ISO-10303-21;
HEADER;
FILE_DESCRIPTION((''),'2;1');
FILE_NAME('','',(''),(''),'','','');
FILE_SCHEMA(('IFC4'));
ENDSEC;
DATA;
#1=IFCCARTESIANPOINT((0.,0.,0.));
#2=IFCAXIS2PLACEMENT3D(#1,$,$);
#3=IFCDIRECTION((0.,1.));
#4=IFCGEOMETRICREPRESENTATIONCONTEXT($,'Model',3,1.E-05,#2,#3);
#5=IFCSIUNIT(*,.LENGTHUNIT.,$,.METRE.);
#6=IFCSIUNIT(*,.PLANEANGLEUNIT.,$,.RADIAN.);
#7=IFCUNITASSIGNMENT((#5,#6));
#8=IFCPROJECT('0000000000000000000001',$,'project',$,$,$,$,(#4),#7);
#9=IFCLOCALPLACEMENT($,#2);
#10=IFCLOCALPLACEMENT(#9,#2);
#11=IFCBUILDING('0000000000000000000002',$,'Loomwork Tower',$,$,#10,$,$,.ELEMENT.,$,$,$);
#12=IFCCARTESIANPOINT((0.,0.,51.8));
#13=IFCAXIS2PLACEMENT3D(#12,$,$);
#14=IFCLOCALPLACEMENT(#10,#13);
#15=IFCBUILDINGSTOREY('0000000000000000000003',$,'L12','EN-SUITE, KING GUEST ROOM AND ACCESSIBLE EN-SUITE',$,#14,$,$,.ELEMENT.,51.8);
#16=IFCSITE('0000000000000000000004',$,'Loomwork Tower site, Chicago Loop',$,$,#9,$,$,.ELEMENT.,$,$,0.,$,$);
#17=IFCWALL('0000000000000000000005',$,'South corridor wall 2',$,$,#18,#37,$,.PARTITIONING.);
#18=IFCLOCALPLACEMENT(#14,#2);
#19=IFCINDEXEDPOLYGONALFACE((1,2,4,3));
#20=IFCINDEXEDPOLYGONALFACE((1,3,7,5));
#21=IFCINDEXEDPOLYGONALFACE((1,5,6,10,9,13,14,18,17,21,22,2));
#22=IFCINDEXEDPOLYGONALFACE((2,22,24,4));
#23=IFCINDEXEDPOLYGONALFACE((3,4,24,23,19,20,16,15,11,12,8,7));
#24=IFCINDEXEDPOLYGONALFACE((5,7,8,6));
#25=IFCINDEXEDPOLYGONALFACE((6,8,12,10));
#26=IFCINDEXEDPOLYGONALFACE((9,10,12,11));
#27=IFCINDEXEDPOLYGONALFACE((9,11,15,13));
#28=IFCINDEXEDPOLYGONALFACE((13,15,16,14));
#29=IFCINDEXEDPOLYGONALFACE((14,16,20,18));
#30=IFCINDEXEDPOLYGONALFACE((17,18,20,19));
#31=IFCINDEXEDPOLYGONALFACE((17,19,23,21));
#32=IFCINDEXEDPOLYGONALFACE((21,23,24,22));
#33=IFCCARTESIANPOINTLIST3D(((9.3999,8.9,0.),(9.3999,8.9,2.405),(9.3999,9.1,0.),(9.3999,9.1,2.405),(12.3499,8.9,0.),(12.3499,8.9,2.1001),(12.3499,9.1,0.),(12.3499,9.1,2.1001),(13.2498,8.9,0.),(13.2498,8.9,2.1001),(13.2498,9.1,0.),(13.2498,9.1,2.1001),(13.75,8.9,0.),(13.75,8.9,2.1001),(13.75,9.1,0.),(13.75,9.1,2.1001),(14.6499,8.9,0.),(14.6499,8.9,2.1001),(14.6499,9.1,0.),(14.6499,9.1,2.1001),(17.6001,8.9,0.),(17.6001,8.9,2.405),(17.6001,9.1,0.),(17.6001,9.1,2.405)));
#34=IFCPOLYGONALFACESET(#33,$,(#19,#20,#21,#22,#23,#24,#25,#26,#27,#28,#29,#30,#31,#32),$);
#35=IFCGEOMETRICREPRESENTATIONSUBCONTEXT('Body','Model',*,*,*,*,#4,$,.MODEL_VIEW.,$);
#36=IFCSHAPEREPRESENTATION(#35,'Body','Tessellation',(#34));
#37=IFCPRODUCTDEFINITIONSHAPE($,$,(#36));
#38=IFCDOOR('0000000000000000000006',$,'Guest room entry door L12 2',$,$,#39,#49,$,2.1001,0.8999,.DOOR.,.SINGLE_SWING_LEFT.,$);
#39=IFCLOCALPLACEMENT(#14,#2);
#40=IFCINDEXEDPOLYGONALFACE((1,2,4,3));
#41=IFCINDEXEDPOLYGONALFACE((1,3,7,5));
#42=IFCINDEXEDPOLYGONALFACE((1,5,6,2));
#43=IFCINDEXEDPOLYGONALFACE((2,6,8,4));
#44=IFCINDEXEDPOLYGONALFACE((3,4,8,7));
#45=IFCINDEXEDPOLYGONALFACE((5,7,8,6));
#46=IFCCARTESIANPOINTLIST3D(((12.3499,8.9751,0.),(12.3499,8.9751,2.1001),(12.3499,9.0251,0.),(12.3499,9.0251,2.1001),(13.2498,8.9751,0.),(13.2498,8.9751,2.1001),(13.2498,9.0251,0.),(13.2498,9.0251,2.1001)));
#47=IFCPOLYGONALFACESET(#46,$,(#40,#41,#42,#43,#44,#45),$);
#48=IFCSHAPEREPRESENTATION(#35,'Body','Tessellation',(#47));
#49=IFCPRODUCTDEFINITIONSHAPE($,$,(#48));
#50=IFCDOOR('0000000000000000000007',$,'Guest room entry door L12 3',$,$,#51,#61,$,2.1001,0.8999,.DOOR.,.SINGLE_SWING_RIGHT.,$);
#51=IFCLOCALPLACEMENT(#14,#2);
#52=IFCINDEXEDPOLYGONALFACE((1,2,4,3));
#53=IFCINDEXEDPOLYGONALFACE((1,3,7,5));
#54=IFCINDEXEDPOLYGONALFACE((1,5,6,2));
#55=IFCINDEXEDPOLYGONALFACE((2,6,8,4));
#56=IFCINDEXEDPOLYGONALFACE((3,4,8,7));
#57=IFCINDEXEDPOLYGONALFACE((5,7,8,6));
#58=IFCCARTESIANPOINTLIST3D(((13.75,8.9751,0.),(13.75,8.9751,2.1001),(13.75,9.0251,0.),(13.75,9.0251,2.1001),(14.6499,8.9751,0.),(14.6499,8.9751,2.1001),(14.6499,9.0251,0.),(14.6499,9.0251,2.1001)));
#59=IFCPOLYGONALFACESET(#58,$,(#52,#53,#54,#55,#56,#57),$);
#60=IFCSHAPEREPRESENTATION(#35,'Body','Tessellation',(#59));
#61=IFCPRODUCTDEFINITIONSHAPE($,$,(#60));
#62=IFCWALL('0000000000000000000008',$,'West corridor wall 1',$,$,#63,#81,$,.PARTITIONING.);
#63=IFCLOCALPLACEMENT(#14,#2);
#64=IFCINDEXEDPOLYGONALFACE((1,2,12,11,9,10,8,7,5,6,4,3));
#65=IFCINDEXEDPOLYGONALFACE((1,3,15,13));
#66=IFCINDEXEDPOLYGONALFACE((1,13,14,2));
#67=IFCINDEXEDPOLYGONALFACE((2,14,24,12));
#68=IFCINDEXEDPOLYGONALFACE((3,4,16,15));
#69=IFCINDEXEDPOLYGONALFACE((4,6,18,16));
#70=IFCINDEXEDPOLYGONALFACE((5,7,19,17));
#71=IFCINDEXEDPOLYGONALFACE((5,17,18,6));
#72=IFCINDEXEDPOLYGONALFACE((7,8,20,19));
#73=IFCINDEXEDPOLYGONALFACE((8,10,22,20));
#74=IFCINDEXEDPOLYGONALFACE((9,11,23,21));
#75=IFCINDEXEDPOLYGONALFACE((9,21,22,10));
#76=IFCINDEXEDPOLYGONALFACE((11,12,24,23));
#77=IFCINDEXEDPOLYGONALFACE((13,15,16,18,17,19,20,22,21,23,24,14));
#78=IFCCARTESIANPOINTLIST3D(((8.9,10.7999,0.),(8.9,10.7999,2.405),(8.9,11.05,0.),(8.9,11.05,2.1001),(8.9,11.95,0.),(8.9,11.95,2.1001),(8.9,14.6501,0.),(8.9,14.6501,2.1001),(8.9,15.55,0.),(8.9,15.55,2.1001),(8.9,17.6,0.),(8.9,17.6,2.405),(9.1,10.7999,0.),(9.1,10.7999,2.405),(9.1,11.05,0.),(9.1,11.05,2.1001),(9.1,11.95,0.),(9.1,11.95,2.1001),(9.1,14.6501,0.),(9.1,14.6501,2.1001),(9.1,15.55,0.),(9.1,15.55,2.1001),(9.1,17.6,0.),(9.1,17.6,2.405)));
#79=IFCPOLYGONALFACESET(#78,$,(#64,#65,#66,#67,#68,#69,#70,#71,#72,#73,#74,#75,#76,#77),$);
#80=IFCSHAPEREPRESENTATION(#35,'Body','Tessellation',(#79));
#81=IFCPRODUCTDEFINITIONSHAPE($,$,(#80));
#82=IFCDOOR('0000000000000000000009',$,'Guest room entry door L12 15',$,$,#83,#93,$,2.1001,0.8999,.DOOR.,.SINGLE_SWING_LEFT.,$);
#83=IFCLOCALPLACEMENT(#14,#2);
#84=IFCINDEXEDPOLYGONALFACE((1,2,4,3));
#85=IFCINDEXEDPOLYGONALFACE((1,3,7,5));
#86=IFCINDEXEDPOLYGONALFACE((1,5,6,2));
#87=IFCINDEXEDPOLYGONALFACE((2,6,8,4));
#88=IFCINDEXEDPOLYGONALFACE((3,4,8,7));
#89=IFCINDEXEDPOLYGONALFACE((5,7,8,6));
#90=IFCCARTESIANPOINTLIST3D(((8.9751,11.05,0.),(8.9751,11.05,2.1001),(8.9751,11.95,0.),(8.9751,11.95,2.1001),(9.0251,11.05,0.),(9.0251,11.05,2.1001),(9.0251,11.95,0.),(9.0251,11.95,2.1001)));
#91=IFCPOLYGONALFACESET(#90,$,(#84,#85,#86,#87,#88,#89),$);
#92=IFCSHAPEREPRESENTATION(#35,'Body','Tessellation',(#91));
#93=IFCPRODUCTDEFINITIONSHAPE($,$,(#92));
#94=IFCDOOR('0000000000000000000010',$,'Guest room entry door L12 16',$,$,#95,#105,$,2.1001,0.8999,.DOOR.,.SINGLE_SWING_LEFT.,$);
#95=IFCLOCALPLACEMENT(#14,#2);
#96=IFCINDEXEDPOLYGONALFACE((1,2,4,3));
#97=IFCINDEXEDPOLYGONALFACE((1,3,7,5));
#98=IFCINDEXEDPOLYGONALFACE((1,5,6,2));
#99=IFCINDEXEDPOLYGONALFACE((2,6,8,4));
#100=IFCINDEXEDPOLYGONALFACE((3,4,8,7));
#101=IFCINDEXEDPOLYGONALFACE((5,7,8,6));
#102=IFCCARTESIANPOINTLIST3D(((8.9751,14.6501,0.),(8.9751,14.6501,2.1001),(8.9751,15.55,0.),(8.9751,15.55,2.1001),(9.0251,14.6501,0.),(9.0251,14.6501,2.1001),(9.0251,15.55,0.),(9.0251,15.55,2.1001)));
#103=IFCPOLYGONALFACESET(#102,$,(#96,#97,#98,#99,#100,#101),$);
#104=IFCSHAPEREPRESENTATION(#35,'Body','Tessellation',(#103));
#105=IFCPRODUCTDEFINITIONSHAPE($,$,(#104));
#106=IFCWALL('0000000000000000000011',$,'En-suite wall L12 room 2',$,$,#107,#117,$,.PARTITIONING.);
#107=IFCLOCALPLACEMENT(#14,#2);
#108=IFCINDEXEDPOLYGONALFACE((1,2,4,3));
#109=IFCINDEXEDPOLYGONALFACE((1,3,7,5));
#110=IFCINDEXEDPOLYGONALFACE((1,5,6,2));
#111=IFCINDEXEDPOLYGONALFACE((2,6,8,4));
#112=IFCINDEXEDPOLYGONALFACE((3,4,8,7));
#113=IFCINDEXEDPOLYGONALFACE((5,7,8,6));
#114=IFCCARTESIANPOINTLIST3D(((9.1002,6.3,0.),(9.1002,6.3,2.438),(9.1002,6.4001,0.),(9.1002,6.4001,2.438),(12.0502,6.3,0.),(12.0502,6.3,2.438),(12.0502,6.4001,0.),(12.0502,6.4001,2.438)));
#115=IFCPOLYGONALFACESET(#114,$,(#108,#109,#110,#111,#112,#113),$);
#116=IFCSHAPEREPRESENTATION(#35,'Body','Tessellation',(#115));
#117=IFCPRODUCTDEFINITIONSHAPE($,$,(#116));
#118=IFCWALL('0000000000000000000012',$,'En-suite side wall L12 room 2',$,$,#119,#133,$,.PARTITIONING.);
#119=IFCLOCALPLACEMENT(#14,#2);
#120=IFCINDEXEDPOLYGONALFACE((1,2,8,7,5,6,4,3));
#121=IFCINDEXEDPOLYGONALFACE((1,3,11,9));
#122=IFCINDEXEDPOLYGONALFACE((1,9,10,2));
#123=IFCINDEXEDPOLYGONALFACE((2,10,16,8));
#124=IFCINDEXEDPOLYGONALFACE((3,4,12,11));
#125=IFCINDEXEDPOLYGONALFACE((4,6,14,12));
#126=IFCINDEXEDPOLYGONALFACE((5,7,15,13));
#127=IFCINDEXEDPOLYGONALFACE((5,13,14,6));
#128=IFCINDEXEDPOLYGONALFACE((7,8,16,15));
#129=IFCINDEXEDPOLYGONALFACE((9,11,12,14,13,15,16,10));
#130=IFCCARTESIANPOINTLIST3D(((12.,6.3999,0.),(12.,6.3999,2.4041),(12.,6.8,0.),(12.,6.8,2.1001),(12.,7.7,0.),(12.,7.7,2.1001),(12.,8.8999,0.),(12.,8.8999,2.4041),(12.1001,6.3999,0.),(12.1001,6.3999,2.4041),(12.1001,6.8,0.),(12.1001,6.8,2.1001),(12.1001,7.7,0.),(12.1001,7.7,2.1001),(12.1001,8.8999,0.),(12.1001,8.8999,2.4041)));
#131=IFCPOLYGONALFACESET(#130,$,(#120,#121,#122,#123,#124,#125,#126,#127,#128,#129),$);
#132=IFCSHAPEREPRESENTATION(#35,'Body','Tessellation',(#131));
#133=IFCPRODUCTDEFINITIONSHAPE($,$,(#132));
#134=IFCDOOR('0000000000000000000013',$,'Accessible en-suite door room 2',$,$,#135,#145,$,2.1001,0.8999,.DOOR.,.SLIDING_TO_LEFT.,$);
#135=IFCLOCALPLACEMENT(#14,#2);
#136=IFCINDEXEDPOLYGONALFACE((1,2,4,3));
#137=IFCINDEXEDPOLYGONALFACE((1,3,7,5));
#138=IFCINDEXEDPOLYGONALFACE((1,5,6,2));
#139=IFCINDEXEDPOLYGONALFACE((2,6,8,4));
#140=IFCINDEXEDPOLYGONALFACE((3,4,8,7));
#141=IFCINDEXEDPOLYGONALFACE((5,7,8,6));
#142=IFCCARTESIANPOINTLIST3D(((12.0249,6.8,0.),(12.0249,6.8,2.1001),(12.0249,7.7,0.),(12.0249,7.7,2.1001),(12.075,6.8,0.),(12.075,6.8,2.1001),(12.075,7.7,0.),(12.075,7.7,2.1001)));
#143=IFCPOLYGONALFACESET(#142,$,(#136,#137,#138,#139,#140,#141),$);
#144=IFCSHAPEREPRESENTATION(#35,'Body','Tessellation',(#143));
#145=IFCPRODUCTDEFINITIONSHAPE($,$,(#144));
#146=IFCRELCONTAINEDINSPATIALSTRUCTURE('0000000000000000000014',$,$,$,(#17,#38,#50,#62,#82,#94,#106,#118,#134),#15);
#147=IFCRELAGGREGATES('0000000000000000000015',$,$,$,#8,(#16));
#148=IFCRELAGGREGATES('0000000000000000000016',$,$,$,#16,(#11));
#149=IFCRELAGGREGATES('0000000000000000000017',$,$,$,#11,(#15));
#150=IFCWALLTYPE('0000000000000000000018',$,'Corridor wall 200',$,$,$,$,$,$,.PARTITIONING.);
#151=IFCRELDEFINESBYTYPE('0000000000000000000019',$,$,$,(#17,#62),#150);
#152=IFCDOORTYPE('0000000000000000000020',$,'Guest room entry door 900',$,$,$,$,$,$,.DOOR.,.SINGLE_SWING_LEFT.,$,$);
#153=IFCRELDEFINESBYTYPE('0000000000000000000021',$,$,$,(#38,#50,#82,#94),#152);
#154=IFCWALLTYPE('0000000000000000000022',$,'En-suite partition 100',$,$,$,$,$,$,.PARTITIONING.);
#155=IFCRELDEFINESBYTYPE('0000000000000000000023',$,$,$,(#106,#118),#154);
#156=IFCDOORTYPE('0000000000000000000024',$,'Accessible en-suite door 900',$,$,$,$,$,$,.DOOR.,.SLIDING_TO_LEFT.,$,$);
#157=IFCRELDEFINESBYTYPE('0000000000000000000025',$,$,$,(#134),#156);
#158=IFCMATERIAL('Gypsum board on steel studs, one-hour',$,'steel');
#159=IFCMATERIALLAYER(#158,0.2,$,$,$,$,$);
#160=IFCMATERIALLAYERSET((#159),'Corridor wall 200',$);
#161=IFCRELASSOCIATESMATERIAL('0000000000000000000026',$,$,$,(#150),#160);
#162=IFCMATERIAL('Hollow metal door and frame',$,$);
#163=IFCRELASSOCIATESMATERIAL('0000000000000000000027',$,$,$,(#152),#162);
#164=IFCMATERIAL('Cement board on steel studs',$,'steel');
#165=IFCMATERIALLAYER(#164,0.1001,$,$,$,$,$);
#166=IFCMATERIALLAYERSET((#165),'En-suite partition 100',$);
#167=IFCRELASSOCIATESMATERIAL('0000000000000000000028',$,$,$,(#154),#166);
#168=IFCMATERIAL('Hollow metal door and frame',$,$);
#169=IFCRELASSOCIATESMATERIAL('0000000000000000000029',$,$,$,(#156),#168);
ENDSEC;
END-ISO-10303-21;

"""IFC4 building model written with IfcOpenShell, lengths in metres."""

from ifc_helpers import new_model, si_unit, direction, frame, frame_2d, origin, place, context, subcontext, project, spatial, rectangle, extrude, material, layer, layer_set, type_object, element, fill, save


model = new_model("IFC4")

# Units and contexts
model_context = context("Model", 3, precision=1e-05, world=origin(), true_north=direction((0.0, 1.0)))
body_context = subcontext(model_context, "Body", "Model", "MODEL_VIEW")
ifc_project = project(units=[si_unit("LENGTHUNIT", "METRE"), si_unit("PLANEANGLEUNIT", "RADIAN")], contexts=[model_context])

# Site, building, storey
site_placement = place(None, origin())
site = spatial("IfcSite", under=ifc_project, at=site_placement, Name="Loomwork Tower site, Chicago Loop", CompositionType="ELEMENT", RefElevation=0.0)
building_placement = place(site_placement, origin())
building = spatial("IfcBuilding", under=site, at=building_placement, Name="Loomwork Tower", CompositionType="ELEMENT")
storey_placement = place(building_placement, frame((0.0, 0.0, 51.8)))
storey = spatial("IfcBuildingStorey", under=building, at=storey_placement, Name="L12", Description="EN-SUITE, KING GUEST ROOM AND ACCESSIBLE EN-SUITE", CompositionType="ELEMENT", Elevation=51.8)

# Walls, openings, doors
ifc_material_1 = material(Name="Gypsum board on steel studs, one-hour", Category="steel")
ifc_layer_1 = layer(ifc_material_1, 0.2)
ifc_layer_set_1 = layer_set([ifc_layer_1], Name="Corridor wall 200")
wall_type_1 = type_object("IfcWallType", Name="Corridor wall 200", PredefinedType="PARTITIONING", material=ifc_layer_set_1)
wall_1_placement = place(storey_placement, frame((9.3999, 9.0, 0.0), z_axis=(0.0, 0.0, 1.0), x_axis=(1.0, 0.0, 0.0)))
wall_1 = element("IfcWall", 1, at=wall_1_placement, inside=storey, type_object=wall_type_1, Name="South corridor wall 2", PredefinedType="PARTITIONING", context=body_context, shape_type="SweptSolid", body=[
    extrude(rectangle(XDim=8.2002, YDim=0.2, at=frame_2d((4.1001, 0.0))), origin(), (0.0, 0.0, 1.0), 2.405),
])
opening_1_placement = place(wall_1_placement, frame((2.95, 0.0, 0.0)))
opening_1 = element("IfcOpeningElement", 2, at=opening_1_placement, cuts=wall_1, PredefinedType="OPENING", context=body_context, shape_type="SweptSolid", body=[
    extrude(rectangle(XDim=0.8999, YDim=2.1001, at=frame_2d((0.45, 1.05))), frame((0.0, 0.1099, 0.0), z_axis=(0.0, -1.0, 0.0), x_axis=(1.0, 0.0, 0.0)), (0.0, 0.0, 1.0), 0.22),
])
opening_2_placement = place(wall_1_placement, frame((4.3501, 0.0, 0.0)))
opening_2 = element("IfcOpeningElement", 3, at=opening_2_placement, cuts=wall_1, PredefinedType="OPENING", context=body_context, shape_type="SweptSolid", body=[
    extrude(rectangle(XDim=0.8999, YDim=2.1001, at=frame_2d((0.45, 1.05))), frame((0.0, 0.1099, 0.0), z_axis=(0.0, -1.0, 0.0), x_axis=(1.0, 0.0, 0.0)), (0.0, 0.0, 1.0), 0.22),
])
ifc_material_2 = material(Name="Hollow metal door and frame")
door_type_1 = type_object("IfcDoorType", Name="Guest room entry door 900", OperationType="SINGLE_SWING_LEFT", PredefinedType="DOOR", material=ifc_material_2)
door_1_placement = place(opening_1_placement, frame((0.8999, 0.0, 0.0), z_axis=(0.0, 0.0, 1.0), x_axis=(-1.0, 0.0, 0.0)))
door_1 = element("IfcDoor", 4, at=door_1_placement, inside=storey, type_object=door_type_1, Name="Guest room entry door L12 2", OperationType="SINGLE_SWING_LEFT", OverallHeight=2.1001, OverallWidth=0.8999, PredefinedType="DOOR", context=body_context, shape_type="SweptSolid", body=[
    extrude(rectangle(XDim=0.8999, YDim=2.1001, at=frame_2d((0.45, 1.05))), frame((0.0, 0.0249, 0.0), z_axis=(0.0, -1.0, 0.0), x_axis=(1.0, 0.0, 0.0)), (0.0, 0.0, 1.0), 0.05),
])
fill(opening_1, door_1)
door_2_placement = place(opening_2_placement, frame((0.8999, 0.0, 0.0), z_axis=(0.0, 0.0, 1.0), x_axis=(-1.0, 0.0, 0.0)))
door_2 = element("IfcDoor", 5, at=door_2_placement, inside=storey, type_object=door_type_1, Name="Guest room entry door L12 3", OperationType="SINGLE_SWING_RIGHT", OverallHeight=2.1001, OverallWidth=0.8999, PredefinedType="DOOR", context=body_context, shape_type="SweptSolid", body=[
    extrude(rectangle(XDim=0.8999, YDim=2.1001, at=frame_2d((0.45, 1.05))), frame((0.0, 0.0249, 0.0), z_axis=(0.0, -1.0, 0.0), x_axis=(1.0, 0.0, 0.0)), (0.0, 0.0, 1.0), 0.05),
])
fill(opening_2, door_2)
wall_2_placement = place(storey_placement, frame((9.0, 10.8, 0.0), z_axis=(0.0, 0.0, 1.0), x_axis=(0.0, 1.0, 0.0)))
wall_2 = element("IfcWall", 6, at=wall_2_placement, inside=storey, type_object=wall_type_1, Name="West corridor wall 1", PredefinedType="PARTITIONING", context=body_context, shape_type="SweptSolid", body=[
    extrude(rectangle(XDim=6.8, YDim=0.2, at=frame_2d((3.3999, 0.0))), origin(), (0.0, 0.0, 1.0), 2.405),
])
opening_3_placement = place(wall_2_placement, frame((0.25, 0.0, 0.0)))
opening_3 = element("IfcOpeningElement", 7, at=opening_3_placement, cuts=wall_2, PredefinedType="OPENING", context=body_context, shape_type="SweptSolid", body=[
    extrude(rectangle(XDim=0.8999, YDim=2.1001, at=frame_2d((0.45, 1.05))), frame((0.0, 0.1099, 0.0), z_axis=(0.0, -1.0, 0.0), x_axis=(1.0, 0.0, 0.0)), (0.0, 0.0, 1.0), 0.22),
])
opening_4_placement = place(wall_2_placement, frame((3.8501, 0.0, 0.0)))
opening_4 = element("IfcOpeningElement", 8, at=opening_4_placement, cuts=wall_2, PredefinedType="OPENING", context=body_context, shape_type="SweptSolid", body=[
    extrude(rectangle(XDim=0.8999, YDim=2.1001, at=frame_2d((0.45, 1.05))), frame((0.0, 0.1099, 0.0), z_axis=(0.0, -1.0, 0.0), x_axis=(1.0, 0.0, 0.0)), (0.0, 0.0, 1.0), 0.22),
])
door_3_placement = place(opening_3_placement, origin())
door_3 = element("IfcDoor", 9, at=door_3_placement, inside=storey, type_object=door_type_1, Name="Guest room entry door L12 15", OperationType="SINGLE_SWING_LEFT", OverallHeight=2.1001, OverallWidth=0.8999, PredefinedType="DOOR", context=body_context, shape_type="SweptSolid", body=[
    extrude(rectangle(XDim=0.8999, YDim=2.1001, at=frame_2d((0.45, 1.05))), frame((0.0, 0.0249, 0.0), z_axis=(0.0, -1.0, 0.0), x_axis=(1.0, 0.0, 0.0)), (0.0, 0.0, 1.0), 0.05),
])
fill(opening_3, door_3)
door_4_placement = place(opening_4_placement, origin())
door_4 = element("IfcDoor", 10, at=door_4_placement, inside=storey, type_object=door_type_1, Name="Guest room entry door L12 16", OperationType="SINGLE_SWING_LEFT", OverallHeight=2.1001, OverallWidth=0.8999, PredefinedType="DOOR", context=body_context, shape_type="SweptSolid", body=[
    extrude(rectangle(XDim=0.8999, YDim=2.1001, at=frame_2d((0.45, 1.05))), frame((0.0, 0.0249, 0.0), z_axis=(0.0, -1.0, 0.0), x_axis=(1.0, 0.0, 0.0)), (0.0, 0.0, 1.0), 0.05),
])
fill(opening_4, door_4)

# Wall
ifc_material_3 = material(Name="Cement board on steel studs", Category="steel")
ifc_layer_2 = layer(ifc_material_3, 0.1001)
ifc_layer_set_2 = layer_set([ifc_layer_2], Name="En-suite partition 100")
wall_type_2 = type_object("IfcWallType", Name="En-suite partition 100", PredefinedType="PARTITIONING", material=ifc_layer_set_2)
wall_3_placement = place(storey_placement, frame((9.1001, 6.3501, 0.0), z_axis=(0.0, 0.0, 1.0), x_axis=(1.0, 0.0, 0.0)))
element("IfcWall", 11, at=wall_3_placement, inside=storey, type_object=wall_type_2, Name="En-suite wall L12 room 2", PredefinedType="PARTITIONING", context=body_context, shape_type="SweptSolid", body=[
    extrude(rectangle(XDim=2.95, YDim=0.1001, at=frame_2d((1.4751, 0.0))), origin(), (0.0, 0.0, 1.0), 2.438),
])

# Wall, opening, door
wall_4_placement = place(storey_placement, frame((12.05, 8.8999, 0.0), z_axis=(0.0, 0.0, 1.0), x_axis=(0.0, -1.0, 0.0)))
wall_4 = element("IfcWall", 12, at=wall_4_placement, inside=storey, type_object=wall_type_2, Name="En-suite side wall L12 room 2", PredefinedType="PARTITIONING", context=body_context, shape_type="SweptSolid", body=[
    extrude(rectangle(XDim=2.5, YDim=0.1001, at=frame_2d((1.25, 0.0))), origin(), (0.0, 0.0, 1.0), 2.4041),
])
opening_5_placement = place(wall_4_placement, frame((1.2, 0.0, 0.0)))
opening_5 = element("IfcOpeningElement", 13, at=opening_5_placement, cuts=wall_4, PredefinedType="OPENING", context=body_context, shape_type="SweptSolid", body=[
    extrude(rectangle(XDim=0.8999, YDim=2.1001, at=frame_2d((0.45, 1.05))), frame((0.0, 0.0601, 0.0), z_axis=(0.0, -1.0, 0.0), x_axis=(1.0, 0.0, 0.0)), (0.0, 0.0, 1.0), 0.1201),
])
ifc_material_4 = material(Name="Hollow metal door and frame")
door_type_2 = type_object("IfcDoorType", Name="Accessible en-suite door 900", OperationType="SLIDING_TO_LEFT", PredefinedType="DOOR", material=ifc_material_4)
door_5_placement = place(opening_5_placement, origin())
door_5 = element("IfcDoor", 14, at=door_5_placement, inside=storey, type_object=door_type_2, Name="Accessible en-suite door room 2", OperationType="SLIDING_TO_LEFT", OverallHeight=2.1001, OverallWidth=0.8999, PredefinedType="DOOR", context=body_context, shape_type="SweptSolid", body=[
    extrude(rectangle(XDim=0.8999, YDim=2.1001, at=frame_2d((0.45, 1.05))), frame((0.0, 0.0249, 0.0), z_axis=(0.0, -1.0, 0.0), x_axis=(1.0, 0.0, 0.0)), (0.0, 0.0, 1.0), 0.05),
])
fill(opening_5, door_5)

save(model, "model.ifc")
